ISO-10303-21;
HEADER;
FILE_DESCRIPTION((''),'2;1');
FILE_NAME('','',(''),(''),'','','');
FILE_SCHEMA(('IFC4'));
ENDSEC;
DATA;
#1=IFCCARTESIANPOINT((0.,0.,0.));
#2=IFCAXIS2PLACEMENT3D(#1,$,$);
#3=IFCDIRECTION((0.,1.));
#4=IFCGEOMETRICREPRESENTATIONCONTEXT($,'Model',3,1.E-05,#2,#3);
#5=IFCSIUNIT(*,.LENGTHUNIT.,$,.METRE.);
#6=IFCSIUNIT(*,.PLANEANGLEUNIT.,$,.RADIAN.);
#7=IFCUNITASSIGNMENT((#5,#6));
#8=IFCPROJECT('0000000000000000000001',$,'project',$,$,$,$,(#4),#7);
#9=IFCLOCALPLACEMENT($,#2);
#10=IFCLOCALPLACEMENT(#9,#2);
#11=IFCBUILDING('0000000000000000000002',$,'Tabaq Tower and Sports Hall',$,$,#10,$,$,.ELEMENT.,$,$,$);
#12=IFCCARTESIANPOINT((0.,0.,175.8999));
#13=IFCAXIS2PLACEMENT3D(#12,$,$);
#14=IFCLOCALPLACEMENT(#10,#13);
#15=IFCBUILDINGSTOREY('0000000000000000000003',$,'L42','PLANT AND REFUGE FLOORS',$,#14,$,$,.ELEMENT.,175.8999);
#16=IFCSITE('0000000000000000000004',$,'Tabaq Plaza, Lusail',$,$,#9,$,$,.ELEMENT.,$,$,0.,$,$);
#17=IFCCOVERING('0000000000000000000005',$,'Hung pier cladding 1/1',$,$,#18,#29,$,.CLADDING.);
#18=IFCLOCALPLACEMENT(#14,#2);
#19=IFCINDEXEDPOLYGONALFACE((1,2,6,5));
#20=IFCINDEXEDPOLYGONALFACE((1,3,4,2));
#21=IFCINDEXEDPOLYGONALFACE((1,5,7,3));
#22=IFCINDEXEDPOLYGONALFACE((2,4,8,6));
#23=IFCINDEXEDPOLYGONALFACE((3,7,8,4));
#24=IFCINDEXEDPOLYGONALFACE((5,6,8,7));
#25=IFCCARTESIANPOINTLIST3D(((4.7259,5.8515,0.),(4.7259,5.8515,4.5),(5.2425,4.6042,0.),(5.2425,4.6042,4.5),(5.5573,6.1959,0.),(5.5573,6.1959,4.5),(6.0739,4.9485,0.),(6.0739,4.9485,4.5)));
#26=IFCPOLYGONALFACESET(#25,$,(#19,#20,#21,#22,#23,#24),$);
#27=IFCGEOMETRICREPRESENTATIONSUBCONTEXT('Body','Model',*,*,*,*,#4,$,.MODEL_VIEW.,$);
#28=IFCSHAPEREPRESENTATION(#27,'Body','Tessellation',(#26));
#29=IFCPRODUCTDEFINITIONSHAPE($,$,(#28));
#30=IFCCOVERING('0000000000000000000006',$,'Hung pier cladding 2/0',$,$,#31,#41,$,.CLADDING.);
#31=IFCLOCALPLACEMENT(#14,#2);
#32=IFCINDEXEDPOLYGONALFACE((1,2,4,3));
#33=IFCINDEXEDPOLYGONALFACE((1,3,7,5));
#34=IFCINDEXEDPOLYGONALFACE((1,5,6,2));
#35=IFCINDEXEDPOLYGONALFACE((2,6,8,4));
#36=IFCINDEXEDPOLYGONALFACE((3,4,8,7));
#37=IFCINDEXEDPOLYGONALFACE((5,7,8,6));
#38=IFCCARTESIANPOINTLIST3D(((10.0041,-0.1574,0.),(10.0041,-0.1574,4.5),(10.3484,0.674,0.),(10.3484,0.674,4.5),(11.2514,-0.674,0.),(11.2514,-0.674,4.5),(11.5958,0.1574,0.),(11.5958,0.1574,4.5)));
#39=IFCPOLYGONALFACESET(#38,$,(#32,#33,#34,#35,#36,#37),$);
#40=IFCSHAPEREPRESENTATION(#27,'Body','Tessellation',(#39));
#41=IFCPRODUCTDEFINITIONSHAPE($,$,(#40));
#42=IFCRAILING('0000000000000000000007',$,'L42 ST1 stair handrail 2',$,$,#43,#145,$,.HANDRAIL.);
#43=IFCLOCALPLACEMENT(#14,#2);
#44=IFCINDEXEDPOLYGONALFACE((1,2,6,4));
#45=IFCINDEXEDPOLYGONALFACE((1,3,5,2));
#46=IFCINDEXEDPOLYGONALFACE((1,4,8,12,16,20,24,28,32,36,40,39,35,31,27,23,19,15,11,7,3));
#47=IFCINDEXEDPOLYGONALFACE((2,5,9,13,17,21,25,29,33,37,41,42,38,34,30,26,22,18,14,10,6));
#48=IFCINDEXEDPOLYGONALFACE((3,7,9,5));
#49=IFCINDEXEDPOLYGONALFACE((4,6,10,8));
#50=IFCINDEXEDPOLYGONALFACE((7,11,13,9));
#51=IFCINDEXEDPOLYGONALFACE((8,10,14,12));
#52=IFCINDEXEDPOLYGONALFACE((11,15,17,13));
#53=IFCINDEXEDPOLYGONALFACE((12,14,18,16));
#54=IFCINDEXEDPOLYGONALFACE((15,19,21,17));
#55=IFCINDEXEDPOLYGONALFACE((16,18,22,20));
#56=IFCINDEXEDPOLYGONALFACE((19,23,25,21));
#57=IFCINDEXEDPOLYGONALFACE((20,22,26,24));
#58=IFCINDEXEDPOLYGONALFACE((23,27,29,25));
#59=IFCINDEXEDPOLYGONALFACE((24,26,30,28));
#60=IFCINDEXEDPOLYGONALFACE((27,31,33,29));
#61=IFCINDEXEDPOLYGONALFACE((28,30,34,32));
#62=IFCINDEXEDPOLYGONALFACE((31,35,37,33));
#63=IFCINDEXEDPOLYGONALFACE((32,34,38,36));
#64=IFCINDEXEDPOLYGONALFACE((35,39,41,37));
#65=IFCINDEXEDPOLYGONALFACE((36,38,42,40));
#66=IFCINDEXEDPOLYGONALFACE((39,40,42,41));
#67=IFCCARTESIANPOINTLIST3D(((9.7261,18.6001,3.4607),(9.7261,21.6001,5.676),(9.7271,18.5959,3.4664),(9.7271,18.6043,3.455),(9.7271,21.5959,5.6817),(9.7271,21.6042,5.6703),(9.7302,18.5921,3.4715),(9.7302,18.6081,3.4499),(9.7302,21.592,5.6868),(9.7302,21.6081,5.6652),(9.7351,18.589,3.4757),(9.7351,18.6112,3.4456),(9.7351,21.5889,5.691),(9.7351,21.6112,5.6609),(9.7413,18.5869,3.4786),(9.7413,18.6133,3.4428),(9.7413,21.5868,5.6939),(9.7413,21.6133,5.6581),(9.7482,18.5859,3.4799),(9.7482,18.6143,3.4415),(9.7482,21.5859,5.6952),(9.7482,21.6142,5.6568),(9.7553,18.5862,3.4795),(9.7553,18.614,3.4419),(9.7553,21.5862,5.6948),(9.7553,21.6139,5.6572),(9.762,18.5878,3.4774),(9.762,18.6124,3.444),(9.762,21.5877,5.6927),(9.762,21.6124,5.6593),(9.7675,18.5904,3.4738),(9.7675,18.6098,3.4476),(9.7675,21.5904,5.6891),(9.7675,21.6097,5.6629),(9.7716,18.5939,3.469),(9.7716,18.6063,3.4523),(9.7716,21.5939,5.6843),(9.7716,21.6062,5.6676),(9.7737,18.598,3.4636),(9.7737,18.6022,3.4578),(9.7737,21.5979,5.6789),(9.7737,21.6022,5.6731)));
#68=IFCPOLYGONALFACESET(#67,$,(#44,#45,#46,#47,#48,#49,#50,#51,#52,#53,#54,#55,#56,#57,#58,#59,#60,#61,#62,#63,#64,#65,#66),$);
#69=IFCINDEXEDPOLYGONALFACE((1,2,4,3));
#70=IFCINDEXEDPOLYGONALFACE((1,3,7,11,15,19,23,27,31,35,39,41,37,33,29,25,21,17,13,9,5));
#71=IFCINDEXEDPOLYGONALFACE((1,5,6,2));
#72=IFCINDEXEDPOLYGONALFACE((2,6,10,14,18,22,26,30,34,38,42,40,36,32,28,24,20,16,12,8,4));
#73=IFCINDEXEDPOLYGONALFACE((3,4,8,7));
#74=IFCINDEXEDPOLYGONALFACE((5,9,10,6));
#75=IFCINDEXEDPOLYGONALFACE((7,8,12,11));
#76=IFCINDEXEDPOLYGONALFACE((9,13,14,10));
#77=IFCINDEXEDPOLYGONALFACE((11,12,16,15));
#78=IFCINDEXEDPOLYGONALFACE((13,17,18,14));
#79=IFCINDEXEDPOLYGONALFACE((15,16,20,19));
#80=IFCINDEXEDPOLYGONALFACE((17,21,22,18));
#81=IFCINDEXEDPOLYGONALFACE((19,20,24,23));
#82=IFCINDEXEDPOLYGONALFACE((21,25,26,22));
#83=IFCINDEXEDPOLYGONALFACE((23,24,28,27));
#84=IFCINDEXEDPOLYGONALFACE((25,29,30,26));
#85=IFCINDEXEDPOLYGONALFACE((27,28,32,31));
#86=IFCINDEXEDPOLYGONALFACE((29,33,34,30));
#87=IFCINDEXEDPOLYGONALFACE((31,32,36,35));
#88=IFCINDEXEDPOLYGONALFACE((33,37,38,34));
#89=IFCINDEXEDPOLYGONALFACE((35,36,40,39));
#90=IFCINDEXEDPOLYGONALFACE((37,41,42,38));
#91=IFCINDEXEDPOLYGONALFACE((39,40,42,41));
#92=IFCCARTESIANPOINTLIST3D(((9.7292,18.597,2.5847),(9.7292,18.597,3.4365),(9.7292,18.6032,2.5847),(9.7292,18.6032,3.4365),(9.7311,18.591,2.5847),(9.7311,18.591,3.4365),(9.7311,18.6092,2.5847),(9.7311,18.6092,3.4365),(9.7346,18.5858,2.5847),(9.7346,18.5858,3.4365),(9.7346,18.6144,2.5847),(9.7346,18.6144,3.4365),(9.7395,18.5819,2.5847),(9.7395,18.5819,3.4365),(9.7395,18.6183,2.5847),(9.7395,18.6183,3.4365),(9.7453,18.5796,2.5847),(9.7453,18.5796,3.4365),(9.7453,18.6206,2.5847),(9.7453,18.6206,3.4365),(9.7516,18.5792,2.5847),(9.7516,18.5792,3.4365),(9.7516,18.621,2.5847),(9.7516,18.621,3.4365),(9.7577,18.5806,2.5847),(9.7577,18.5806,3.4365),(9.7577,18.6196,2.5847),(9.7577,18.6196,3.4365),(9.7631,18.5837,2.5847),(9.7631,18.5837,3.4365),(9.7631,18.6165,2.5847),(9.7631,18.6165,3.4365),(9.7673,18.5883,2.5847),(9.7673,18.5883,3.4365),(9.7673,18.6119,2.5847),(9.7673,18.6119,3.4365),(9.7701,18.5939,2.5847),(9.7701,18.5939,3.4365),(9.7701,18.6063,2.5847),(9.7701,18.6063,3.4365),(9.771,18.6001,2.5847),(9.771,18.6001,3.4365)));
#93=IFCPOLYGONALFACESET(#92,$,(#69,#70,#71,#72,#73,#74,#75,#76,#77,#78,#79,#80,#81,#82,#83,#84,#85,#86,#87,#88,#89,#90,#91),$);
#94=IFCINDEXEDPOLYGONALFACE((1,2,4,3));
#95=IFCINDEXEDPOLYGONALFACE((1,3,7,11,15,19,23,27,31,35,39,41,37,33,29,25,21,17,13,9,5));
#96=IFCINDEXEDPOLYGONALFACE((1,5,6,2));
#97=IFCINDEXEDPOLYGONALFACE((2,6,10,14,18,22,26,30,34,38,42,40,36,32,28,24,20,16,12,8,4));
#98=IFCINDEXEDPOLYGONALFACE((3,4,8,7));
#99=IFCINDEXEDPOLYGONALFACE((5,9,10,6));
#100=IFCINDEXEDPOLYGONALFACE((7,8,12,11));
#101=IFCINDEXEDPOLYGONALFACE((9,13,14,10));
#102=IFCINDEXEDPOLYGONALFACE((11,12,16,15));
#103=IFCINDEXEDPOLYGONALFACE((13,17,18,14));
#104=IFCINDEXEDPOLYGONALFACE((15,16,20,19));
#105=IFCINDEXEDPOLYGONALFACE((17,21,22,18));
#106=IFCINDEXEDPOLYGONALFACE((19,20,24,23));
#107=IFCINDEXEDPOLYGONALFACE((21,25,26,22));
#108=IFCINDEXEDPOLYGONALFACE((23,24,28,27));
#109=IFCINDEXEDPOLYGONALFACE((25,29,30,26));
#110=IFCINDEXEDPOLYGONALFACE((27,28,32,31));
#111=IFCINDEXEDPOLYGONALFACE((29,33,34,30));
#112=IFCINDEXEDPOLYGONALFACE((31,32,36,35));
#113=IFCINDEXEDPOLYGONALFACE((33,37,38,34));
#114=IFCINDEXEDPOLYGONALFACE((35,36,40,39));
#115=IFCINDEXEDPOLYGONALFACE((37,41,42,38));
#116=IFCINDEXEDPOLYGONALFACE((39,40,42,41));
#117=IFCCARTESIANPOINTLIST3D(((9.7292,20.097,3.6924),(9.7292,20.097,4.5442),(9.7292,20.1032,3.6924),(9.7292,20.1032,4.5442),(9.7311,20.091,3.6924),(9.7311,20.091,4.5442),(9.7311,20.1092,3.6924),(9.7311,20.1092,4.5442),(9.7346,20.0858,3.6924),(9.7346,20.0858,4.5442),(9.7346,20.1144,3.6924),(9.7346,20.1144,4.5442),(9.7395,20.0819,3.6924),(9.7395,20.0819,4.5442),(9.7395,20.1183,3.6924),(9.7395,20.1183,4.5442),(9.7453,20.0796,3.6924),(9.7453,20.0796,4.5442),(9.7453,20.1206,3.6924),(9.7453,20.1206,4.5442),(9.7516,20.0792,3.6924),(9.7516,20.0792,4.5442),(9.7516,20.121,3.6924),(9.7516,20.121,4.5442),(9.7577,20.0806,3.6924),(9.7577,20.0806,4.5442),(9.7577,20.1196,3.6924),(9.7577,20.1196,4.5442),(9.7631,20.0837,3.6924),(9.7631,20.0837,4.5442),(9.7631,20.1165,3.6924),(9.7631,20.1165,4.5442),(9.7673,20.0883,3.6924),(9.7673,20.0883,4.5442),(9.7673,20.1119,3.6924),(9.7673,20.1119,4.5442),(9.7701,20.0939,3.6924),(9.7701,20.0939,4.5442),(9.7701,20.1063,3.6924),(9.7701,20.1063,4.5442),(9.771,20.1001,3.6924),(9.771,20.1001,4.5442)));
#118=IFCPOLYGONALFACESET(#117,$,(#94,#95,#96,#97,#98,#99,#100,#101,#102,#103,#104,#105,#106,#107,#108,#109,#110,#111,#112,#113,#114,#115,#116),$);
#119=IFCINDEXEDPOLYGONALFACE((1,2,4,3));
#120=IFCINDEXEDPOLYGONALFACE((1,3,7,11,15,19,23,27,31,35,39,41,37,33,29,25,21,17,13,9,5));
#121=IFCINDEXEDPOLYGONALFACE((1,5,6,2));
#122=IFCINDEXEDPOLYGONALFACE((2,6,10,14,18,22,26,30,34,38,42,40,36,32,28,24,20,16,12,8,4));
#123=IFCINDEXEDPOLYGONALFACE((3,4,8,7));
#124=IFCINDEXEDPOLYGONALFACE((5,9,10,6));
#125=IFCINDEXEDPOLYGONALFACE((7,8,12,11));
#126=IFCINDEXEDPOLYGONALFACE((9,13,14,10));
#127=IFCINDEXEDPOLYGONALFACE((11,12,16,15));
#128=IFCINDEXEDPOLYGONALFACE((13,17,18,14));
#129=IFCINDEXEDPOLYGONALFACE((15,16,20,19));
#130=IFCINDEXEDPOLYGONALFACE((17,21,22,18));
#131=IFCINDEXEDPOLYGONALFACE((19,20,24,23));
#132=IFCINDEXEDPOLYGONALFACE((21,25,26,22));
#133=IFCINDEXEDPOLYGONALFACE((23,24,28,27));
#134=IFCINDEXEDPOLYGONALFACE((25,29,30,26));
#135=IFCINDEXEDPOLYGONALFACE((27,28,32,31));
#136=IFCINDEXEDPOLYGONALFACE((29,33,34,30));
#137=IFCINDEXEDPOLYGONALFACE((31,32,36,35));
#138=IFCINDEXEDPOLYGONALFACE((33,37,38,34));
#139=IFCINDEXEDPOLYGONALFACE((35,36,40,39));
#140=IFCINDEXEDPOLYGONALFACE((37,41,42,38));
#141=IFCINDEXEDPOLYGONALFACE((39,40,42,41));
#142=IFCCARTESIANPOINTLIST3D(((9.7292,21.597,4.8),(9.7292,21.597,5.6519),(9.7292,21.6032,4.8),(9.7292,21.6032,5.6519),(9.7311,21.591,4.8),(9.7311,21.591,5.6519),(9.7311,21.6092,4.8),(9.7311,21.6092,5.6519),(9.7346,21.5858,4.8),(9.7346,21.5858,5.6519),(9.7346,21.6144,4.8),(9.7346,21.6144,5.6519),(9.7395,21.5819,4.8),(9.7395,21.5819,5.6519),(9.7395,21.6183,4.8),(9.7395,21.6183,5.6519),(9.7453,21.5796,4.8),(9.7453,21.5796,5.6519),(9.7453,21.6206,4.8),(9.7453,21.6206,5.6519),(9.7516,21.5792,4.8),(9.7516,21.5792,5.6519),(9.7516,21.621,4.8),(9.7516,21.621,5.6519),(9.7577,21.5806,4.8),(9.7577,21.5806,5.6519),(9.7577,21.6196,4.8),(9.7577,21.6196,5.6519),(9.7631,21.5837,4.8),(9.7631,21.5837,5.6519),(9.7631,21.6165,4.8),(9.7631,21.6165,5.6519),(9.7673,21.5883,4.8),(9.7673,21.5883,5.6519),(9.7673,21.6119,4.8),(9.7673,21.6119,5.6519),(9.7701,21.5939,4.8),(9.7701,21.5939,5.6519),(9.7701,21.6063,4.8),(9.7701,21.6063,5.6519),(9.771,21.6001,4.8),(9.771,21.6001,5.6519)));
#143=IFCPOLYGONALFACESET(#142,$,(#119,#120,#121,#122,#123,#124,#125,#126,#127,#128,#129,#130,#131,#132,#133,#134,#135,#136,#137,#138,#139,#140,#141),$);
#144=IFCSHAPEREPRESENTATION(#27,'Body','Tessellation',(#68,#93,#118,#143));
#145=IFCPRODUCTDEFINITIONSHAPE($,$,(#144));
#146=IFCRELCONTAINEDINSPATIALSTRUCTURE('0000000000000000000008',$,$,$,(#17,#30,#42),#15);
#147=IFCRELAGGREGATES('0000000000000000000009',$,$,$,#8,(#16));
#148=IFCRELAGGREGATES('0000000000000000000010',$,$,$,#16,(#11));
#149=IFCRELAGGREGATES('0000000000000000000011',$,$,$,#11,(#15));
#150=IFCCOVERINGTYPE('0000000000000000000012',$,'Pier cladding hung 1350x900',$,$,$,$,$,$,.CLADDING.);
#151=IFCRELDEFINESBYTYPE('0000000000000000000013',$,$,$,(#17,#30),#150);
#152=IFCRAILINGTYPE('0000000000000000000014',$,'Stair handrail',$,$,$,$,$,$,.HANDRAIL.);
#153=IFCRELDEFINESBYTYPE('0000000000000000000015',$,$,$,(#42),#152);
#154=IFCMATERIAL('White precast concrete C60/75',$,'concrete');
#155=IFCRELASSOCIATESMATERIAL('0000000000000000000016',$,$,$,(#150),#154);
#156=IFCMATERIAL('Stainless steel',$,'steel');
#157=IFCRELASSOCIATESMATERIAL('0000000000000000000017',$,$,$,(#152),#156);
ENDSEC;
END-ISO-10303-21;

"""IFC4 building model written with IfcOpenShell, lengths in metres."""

from ifc_helpers import new_model, si_unit, direction, frame, frame_2d, origin, origin_2d, place, context, subcontext, project, spatial, rectangle, circle, extrude, material, type_object, element, save


model = new_model("IFC4")

# Units and contexts
model_context = context("Model", 3, precision=1e-05, world=origin(), true_north=direction((0.0, 1.0)))
body_context = subcontext(model_context, "Body", "Model", "MODEL_VIEW")
ifc_project = project(units=[si_unit("LENGTHUNIT", "METRE"), si_unit("PLANEANGLEUNIT", "RADIAN")], contexts=[model_context])

# Site, building, storey
site_placement = place(None, origin())
site = spatial("IfcSite", under=ifc_project, at=site_placement, Name="Tabaq Plaza, Lusail", CompositionType="ELEMENT", RefElevation=0.0)
building_placement = place(site_placement, origin())
building = spatial("IfcBuilding", under=site, at=building_placement, Name="Tabaq Tower and Sports Hall", CompositionType="ELEMENT")
storey_placement = place(building_placement, frame((0.0, 0.0, 175.8999)))
storey = spatial("IfcBuildingStorey", under=building, at=storey_placement, Name="L42", Description="PLANT AND REFUGE FLOORS", CompositionType="ELEMENT", Elevation=175.8999)

# Coverings
ifc_material_1 = material(Name="White precast concrete C60/75", Category="concrete")
covering_type_1 = type_object("IfcCoveringType", Name="Pier cladding hung 1350x900", PredefinedType="CLADDING", material=ifc_material_1)
for number, where, z_axis, x_axis, name in (
    (1, (5.1416, 6.0237, 0.0), (0.0, 0.0, 1.0), (0.38265, -0.923893, 0.0), "Hung pier cladding 1/1"),
    (2, (10.1763, 0.2583, 0.0), (0.0, 0.0, 1.0), (0.923893, -0.38265, 0.0), "Hung pier cladding 2/0"),
):
    element("IfcCovering", number, at=place(storey_placement, frame(where, z_axis=z_axis, x_axis=x_axis)), inside=storey, type_object=covering_type_1, Name=name, PredefinedType="CLADDING", context=body_context, shape_type="SweptSolid", body=[
        extrude(rectangle(XDim=1.3501, YDim=0.8999, at=frame_2d((0.675, 0.0))), origin(), (0.0, 0.0, 1.0), 4.5),
    ])

# Railing
ifc_material_2 = material(Name="Stainless steel", Category="steel")
railing_type_1 = type_object("IfcRailingType", Name="Stair handrail", PredefinedType="HANDRAIL", material=ifc_material_2)
railing_1_placement = place(storey_placement, frame((9.75, 18.6001, 2.5847)))
element("IfcRailing", 3, at=railing_1_placement, inside=storey, type_object=railing_type_1, Name="L42 ST1 stair handrail 2", PredefinedType="HANDRAIL", context=body_context, shape_type="SweptSolid", body=[
    extrude(circle(Radius=0.0239, at=origin_2d()), frame((0.0, 0.0, 0.876), z_axis=(0.0, 0.80444, 0.594034), x_axis=(-1.0, 0.0, 0.0)), (0.0, 0.0, 1.0), 3.7292),
    extrude(circle(Radius=0.021, at=origin_2d()), origin(), (0.0, 0.0, 1.0), 0.8518),
    extrude(circle(Radius=0.021, at=origin_2d()), frame((0.0, 1.5, 1.1077)), (0.0, 0.0, 1.0), 0.8518),
    extrude(circle(Radius=0.021, at=origin_2d()), frame((0.0, 3.0, 2.2153)), (0.0, 0.0, 1.0), 0.8518),
])

save(model, "model.ifc")
